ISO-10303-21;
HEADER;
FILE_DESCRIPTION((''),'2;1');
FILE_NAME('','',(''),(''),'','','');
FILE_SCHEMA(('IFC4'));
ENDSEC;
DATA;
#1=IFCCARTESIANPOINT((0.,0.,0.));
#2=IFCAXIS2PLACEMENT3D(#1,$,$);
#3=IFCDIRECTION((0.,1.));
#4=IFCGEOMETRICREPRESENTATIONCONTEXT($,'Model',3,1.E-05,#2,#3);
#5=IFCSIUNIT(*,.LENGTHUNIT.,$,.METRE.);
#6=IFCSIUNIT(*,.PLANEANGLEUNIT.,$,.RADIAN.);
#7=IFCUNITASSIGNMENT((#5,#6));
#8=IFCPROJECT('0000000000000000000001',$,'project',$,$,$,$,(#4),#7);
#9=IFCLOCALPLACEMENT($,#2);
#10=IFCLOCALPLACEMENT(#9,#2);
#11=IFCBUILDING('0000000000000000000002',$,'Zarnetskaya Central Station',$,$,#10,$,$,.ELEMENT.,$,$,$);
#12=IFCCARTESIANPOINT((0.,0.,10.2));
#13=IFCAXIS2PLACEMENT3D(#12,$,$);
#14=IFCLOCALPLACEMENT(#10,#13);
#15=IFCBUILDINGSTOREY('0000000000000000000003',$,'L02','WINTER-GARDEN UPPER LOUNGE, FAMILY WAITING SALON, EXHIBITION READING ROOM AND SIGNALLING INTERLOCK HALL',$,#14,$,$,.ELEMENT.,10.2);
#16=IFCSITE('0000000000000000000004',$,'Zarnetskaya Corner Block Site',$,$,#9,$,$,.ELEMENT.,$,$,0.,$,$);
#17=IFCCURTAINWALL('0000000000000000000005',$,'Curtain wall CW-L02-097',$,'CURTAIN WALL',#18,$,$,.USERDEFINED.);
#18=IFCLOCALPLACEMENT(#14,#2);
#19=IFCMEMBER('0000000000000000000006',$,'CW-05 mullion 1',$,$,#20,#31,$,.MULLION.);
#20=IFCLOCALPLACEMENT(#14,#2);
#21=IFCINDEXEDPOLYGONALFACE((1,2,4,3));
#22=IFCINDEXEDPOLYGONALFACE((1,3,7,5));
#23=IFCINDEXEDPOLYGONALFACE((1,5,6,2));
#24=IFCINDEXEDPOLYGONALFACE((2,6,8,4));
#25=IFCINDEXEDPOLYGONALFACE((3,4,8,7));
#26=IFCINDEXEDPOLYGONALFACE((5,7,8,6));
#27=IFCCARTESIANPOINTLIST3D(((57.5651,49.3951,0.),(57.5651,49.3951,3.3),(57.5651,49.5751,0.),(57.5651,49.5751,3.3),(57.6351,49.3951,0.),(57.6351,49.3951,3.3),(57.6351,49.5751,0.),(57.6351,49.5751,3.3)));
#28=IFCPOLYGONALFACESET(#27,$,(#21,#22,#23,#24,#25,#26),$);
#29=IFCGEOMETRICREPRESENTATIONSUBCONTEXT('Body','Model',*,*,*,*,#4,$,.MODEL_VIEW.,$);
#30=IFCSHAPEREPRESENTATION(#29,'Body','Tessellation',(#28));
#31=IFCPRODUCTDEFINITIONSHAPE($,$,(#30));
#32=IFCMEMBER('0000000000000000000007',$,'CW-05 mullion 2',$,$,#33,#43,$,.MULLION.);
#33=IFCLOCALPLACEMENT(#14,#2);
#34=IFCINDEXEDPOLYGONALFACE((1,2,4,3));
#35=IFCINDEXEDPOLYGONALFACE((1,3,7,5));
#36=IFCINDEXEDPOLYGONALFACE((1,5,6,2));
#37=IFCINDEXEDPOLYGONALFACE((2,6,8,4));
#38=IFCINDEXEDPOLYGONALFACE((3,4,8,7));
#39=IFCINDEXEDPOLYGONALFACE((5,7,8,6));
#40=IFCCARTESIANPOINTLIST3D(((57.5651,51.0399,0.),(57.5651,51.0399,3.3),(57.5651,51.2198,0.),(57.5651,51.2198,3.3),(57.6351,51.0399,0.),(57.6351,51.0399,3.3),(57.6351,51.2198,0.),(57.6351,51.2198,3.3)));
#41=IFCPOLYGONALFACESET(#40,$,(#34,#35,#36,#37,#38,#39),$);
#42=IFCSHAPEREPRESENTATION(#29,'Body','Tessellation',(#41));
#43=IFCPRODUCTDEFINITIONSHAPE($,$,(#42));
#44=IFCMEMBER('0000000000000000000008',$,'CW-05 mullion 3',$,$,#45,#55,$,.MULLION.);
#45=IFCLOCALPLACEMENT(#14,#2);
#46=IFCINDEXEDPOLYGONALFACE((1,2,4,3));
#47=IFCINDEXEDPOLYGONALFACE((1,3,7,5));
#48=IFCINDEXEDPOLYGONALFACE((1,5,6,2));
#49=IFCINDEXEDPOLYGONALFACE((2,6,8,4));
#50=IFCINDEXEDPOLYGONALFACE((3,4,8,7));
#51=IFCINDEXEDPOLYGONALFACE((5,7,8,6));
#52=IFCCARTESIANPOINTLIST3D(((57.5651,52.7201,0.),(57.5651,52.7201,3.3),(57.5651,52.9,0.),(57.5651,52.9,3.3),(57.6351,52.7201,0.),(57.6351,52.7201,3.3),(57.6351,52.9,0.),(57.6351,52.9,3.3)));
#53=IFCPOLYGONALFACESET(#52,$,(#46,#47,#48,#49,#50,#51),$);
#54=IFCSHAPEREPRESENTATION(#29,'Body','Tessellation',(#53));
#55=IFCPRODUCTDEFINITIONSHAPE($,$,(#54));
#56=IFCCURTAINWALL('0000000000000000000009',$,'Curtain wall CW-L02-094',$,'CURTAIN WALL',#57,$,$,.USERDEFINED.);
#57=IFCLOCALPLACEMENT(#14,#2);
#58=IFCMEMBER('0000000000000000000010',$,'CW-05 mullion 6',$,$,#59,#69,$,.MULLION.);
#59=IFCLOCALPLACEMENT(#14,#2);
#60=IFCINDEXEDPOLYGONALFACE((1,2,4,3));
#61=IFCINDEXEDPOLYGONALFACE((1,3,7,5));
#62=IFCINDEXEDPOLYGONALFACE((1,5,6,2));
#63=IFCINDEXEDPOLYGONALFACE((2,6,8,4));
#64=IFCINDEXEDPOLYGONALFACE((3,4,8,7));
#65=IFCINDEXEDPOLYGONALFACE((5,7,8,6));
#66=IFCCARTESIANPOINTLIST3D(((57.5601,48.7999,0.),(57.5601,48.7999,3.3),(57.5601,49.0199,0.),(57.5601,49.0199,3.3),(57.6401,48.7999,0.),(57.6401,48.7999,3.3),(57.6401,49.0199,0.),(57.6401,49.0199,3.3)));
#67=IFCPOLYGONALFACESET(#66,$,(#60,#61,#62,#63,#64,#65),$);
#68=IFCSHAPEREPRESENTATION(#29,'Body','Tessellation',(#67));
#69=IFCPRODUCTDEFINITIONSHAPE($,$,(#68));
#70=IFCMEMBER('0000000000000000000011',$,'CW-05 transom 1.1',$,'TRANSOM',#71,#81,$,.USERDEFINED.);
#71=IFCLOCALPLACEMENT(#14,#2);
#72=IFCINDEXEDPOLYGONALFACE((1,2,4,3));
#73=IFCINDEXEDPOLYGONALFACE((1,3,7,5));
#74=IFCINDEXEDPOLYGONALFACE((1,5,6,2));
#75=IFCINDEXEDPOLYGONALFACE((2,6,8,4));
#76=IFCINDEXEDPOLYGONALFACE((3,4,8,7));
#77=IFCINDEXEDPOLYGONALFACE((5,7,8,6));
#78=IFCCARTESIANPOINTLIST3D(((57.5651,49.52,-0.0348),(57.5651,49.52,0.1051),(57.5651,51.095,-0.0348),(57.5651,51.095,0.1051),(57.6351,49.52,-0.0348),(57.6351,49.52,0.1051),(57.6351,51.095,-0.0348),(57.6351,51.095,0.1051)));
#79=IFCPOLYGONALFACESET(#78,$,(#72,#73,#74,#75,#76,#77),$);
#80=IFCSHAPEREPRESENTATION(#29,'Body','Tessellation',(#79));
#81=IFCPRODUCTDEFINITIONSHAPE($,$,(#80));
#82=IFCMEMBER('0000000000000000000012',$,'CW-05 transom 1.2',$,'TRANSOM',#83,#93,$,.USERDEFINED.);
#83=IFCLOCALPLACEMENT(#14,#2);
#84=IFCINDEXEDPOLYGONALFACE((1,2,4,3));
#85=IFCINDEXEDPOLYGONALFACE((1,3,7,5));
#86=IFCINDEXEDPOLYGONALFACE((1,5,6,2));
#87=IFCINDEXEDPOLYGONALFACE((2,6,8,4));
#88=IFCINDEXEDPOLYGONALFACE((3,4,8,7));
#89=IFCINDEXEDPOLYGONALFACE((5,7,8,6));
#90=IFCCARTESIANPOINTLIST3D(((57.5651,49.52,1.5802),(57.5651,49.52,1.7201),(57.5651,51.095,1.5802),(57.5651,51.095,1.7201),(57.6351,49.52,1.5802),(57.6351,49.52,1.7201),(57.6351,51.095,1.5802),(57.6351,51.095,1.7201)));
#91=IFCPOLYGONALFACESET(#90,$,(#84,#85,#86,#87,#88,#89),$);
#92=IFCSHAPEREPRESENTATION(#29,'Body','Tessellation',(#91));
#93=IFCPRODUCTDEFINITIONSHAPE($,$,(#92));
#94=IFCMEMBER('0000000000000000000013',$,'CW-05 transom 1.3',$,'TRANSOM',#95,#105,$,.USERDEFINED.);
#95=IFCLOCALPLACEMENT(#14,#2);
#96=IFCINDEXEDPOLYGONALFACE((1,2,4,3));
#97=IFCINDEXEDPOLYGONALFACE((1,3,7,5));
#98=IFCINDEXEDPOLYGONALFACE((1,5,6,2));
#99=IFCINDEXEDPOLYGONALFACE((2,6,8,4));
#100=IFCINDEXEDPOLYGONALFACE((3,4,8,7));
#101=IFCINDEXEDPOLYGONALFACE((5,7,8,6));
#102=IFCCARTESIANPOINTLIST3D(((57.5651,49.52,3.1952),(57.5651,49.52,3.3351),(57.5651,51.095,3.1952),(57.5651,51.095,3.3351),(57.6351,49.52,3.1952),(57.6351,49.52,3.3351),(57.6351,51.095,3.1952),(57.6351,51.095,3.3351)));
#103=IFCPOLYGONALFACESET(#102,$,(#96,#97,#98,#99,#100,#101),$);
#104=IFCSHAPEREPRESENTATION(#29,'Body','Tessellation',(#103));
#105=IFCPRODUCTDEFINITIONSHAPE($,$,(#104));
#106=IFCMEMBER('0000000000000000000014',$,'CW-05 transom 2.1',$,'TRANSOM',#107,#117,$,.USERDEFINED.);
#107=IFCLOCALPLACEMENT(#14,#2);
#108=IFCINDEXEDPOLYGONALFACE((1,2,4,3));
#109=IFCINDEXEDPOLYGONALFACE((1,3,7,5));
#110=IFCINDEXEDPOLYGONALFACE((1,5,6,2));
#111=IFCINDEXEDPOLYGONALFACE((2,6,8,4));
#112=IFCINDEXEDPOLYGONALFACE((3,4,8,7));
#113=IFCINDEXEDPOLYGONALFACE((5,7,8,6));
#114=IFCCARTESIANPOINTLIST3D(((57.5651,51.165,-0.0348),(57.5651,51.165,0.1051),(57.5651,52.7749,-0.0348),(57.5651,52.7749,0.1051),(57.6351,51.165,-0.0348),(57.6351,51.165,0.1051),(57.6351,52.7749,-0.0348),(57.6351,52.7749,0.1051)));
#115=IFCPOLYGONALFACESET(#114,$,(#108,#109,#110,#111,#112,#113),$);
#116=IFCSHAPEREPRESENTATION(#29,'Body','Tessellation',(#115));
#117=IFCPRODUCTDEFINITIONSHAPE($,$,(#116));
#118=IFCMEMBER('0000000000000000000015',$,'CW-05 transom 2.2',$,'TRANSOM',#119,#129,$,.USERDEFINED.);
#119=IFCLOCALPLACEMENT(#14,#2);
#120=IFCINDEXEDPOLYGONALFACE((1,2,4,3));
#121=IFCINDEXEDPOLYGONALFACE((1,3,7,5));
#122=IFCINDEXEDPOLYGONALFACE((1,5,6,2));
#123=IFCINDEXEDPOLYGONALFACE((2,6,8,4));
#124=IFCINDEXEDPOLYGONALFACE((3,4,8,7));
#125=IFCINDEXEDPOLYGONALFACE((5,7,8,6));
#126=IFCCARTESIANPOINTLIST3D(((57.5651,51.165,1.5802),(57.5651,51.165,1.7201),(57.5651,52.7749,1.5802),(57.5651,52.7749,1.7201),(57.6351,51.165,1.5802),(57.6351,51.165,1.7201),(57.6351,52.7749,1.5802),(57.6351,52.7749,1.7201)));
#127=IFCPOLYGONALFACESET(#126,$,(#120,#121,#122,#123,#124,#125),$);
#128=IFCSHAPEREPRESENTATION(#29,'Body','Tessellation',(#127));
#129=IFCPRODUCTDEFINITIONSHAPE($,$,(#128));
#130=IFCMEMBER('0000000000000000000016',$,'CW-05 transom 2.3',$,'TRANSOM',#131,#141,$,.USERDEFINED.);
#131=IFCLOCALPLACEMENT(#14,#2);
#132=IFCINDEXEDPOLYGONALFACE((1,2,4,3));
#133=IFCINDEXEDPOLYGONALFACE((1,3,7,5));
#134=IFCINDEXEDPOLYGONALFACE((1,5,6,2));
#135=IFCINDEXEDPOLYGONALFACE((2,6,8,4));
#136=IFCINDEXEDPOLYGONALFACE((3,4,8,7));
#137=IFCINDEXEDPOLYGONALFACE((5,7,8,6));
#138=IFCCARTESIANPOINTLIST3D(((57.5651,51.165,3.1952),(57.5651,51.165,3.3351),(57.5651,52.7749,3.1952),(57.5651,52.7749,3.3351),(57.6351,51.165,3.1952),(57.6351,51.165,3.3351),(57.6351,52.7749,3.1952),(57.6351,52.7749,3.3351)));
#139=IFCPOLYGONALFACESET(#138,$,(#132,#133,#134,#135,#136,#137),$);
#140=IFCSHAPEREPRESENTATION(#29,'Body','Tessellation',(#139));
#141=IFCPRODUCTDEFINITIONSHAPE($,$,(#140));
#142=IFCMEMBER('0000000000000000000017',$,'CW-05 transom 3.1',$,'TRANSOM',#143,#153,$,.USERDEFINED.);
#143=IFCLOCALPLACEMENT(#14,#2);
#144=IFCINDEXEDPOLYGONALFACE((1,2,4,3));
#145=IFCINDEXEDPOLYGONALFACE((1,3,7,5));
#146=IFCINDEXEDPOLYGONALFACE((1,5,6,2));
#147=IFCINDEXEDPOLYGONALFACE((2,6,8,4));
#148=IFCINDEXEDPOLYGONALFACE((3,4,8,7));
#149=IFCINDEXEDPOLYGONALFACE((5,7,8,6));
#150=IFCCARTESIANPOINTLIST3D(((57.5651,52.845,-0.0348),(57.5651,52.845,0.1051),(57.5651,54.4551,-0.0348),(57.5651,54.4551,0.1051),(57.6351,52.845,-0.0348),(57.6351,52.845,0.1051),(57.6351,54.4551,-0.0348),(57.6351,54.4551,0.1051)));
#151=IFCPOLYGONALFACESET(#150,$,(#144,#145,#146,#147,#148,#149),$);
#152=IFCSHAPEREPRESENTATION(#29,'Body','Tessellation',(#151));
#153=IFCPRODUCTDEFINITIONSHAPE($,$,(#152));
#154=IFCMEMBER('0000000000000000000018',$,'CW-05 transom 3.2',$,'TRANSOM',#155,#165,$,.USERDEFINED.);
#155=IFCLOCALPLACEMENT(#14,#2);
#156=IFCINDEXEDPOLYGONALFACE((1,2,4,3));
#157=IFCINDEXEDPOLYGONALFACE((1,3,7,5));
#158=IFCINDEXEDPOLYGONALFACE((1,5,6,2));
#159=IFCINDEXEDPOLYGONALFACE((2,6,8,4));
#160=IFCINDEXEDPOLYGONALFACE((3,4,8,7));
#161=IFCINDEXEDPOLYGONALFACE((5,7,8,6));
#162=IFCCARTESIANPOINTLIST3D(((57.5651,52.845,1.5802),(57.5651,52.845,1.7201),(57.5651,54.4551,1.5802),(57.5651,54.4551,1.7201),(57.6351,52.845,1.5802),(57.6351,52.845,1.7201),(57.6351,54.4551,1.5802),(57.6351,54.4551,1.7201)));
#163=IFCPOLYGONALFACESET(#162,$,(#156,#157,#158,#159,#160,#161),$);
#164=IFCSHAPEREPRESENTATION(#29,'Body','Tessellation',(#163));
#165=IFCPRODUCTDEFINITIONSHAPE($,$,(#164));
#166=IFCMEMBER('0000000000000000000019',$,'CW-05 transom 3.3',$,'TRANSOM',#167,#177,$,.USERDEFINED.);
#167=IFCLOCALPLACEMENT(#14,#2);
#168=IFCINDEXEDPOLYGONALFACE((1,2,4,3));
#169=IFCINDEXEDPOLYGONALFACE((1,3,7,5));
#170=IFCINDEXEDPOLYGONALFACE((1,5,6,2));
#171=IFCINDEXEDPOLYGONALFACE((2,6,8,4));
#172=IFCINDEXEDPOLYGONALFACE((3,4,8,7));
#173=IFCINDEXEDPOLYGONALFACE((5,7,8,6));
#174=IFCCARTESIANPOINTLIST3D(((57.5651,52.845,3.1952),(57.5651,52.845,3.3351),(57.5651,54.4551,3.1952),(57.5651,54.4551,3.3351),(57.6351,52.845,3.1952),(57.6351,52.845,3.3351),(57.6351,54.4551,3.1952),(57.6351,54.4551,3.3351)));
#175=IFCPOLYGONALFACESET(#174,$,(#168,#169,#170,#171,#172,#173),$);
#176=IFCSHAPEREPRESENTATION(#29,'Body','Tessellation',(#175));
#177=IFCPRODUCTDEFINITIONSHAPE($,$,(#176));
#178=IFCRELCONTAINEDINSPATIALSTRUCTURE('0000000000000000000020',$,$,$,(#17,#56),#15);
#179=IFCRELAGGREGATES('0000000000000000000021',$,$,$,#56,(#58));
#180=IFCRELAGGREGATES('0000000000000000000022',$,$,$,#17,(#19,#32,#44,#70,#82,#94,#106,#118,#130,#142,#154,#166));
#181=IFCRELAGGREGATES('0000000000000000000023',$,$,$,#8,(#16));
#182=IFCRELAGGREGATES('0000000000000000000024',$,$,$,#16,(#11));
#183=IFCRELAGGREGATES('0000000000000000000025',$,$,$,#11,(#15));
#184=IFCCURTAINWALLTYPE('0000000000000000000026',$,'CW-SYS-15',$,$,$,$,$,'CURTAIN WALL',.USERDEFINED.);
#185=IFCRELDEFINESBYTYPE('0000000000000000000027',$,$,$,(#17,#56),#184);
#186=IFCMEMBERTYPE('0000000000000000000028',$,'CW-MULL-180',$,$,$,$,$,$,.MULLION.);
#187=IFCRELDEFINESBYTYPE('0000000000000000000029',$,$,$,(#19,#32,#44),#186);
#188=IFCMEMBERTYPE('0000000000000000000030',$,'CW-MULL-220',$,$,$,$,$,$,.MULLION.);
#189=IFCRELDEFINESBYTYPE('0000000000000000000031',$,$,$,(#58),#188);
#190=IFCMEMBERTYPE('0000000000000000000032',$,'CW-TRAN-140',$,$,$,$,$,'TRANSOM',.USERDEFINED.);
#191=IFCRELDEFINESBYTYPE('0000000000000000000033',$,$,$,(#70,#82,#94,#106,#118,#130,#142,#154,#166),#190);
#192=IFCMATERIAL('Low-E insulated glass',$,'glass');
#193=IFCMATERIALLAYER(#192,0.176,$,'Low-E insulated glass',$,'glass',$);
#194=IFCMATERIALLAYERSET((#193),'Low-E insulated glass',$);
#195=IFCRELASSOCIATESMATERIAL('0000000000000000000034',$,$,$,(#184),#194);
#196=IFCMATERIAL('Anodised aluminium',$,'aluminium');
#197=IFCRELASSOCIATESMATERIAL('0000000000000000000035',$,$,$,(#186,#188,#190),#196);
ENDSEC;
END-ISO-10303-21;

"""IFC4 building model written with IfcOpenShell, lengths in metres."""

from ifc_helpers import new_model, si_unit, direction, frame, origin, origin_2d, place, context, subcontext, project, spatial, rectangle, extrude, material, layer, layer_set, material_profile, profile_set, type_object, element, aggregate, save


model = new_model("IFC4")

# Units and contexts
model_context = context("Model", 3, precision=1e-05, world=origin(), true_north=direction((0.0, 1.0)))
body_context = subcontext(model_context, "Body", "Model", "MODEL_VIEW")
ifc_project = project(units=[si_unit("LENGTHUNIT", "METRE"), si_unit("PLANEANGLEUNIT", "RADIAN")], contexts=[model_context])

# Site, building, storey
site_placement = place(None, origin())
site = spatial("IfcSite", under=ifc_project, at=site_placement, Name="Zarnetskaya Corner Block Site", CompositionType="ELEMENT", RefElevation=0.0)
building_placement = place(site_placement, origin())
building = spatial("IfcBuilding", under=site, at=building_placement, Name="Zarnetskaya Central Station", CompositionType="ELEMENT")
storey_placement = place(building_placement, frame((0.0, 0.0, 10.2)))
storey = spatial("IfcBuildingStorey", under=building, at=storey_placement, Name="L02", Description="WINTER-GARDEN UPPER LOUNGE, FAMILY WAITING SALON, EXHIBITION READING ROOM AND SIGNALLING INTERLOCK HALL", CompositionType="ELEMENT", Elevation=10.2)

# Curtain wall, members
ifc_material_1 = material(Name="Low-E insulated glass", Category="glass")
ifc_layer_1 = layer(ifc_material_1, 0.176, Name="Low-E insulated glass", Category="glass")
ifc_layer_set_1 = layer_set([ifc_layer_1], Name="Low-E insulated glass")
curtain_wall_type = type_object("IfcCurtainWallType", Name="CW-SYS-15", ElementType="CURTAIN WALL", PredefinedType="USERDEFINED", material=ifc_layer_set_1)
curtain_wall_1_placement = place(storey_placement, origin())
curtain_wall_1 = element("IfcCurtainWall", 1, at=curtain_wall_1_placement, inside=storey, type_object=curtain_wall_type, Name="Curtain wall CW-L02-097", ObjectType="CURTAIN WALL", PredefinedType="USERDEFINED")
ifc_material_2 = material(Name="Anodised aluminium", Category="aluminium")
ifc_material_profile_1 = material_profile(ifc_material_2, rectangle(XDim=0.0701, YDim=0.1799, at=origin_2d()), Name="ALU MULL 70x180")
ifc_profile_set_1 = profile_set([ifc_material_profile_1], Name="Anodised aluminium")
member_type_1 = type_object("IfcMemberType", Name="CW-MULL-180", PredefinedType="MULLION", material=ifc_profile_set_1)
member_1_placement = place(storey_placement, frame((57.6001, 49.4851, 0.0), z_axis=(0.0, 0.0, 1.0), x_axis=(-1.0, 0.0, 0.0)))
member_1 = element("IfcMember", 2, at=member_1_placement, type_object=member_type_1, Name="CW-05 mullion 1", PredefinedType="MULLION", context=body_context, shape_type="SweptSolid", body=[
    extrude(rectangle(XDim=0.0701, YDim=0.1799, at=origin_2d()), origin(), (0.0, 0.0, 1.0), 3.3),
])
member_2_placement = place(storey_placement, frame((57.6001, 51.1299, 0.0), z_axis=(0.0, 0.0, 1.0), x_axis=(-1.0, 0.0, 0.0)))
member_2 = element("IfcMember", 3, at=member_2_placement, type_object=member_type_1, Name="CW-05 mullion 2", PredefinedType="MULLION", context=body_context, shape_type="SweptSolid", body=[
    extrude(rectangle(XDim=0.0701, YDim=0.1799, at=origin_2d()), origin(), (0.0, 0.0, 1.0), 3.3),
])
member_3_placement = place(storey_placement, frame((57.6001, 52.8101, 0.0), z_axis=(0.0, 0.0, 1.0), x_axis=(-1.0, 0.0, 0.0)))
member_3 = element("IfcMember", 4, at=member_3_placement, type_object=member_type_1, Name="CW-05 mullion 3", PredefinedType="MULLION", context=body_context, shape_type="SweptSolid", body=[
    extrude(rectangle(XDim=0.0701, YDim=0.1799, at=origin_2d()), origin(), (0.0, 0.0, 1.0), 3.3),
])

# Curtain wall, member
curtain_wall_2_placement = place(storey_placement, origin())
curtain_wall_2 = element("IfcCurtainWall", 5, at=curtain_wall_2_placement, inside=storey, type_object=curtain_wall_type, Name="Curtain wall CW-L02-094", ObjectType="CURTAIN WALL", PredefinedType="USERDEFINED")
ifc_material_profile_2 = material_profile(ifc_material_2, rectangle(XDim=0.0801, YDim=0.22, at=origin_2d()), Name="ALU MULL 80x220")
ifc_profile_set_2 = profile_set([ifc_material_profile_2], Name="Anodised aluminium")
member_type_2 = type_object("IfcMemberType", Name="CW-MULL-220", PredefinedType="MULLION", material=ifc_profile_set_2)
member_4_placement = place(storey_placement, frame((57.6001, 48.9099, 0.0), z_axis=(0.0, 0.0, 1.0), x_axis=(-1.0, 0.0, 0.0)))
member_4 = element("IfcMember", 6, at=member_4_placement, type_object=member_type_2, Name="CW-05 mullion 6", PredefinedType="MULLION", context=body_context, shape_type="SweptSolid", body=[
    extrude(rectangle(XDim=0.0801, YDim=0.22, at=origin_2d()), origin(), (0.0, 0.0, 1.0), 3.3),
])
aggregate(curtain_wall_2, [member_4])

# Members
ifc_material_profile_3 = material_profile(ifc_material_2, rectangle(XDim=0.0701, YDim=0.1399, at=origin_2d()), Name="ALU TRAN 70x140")
ifc_profile_set_3 = profile_set([ifc_material_profile_3], Name="Anodised aluminium")
member_type_3 = type_object("IfcMemberType", Name="CW-TRAN-140", ElementType="TRANSOM", PredefinedType="USERDEFINED", material=ifc_profile_set_3)
member_5_placement = place(storey_placement, frame((57.6001, 49.52, 0.0352), z_axis=(0.0, 1.0, 0.0), x_axis=(-1.0, 0.0, 0.0)))
member_5 = element("IfcMember", 7, at=member_5_placement, type_object=member_type_3, Name="CW-05 transom 1.1", ObjectType="TRANSOM", PredefinedType="USERDEFINED", context=body_context, shape_type="SweptSolid", body=[
    extrude(rectangle(XDim=0.0701, YDim=0.1399, at=origin_2d()), origin(), (0.0, 0.0, 1.0), 1.575),
])
member_6_placement = place(storey_placement, frame((57.6001, 49.52, 1.6501), z_axis=(0.0, 1.0, 0.0), x_axis=(-1.0, 0.0, 0.0)))
member_6 = element("IfcMember", 8, at=member_6_placement, type_object=member_type_3, Name="CW-05 transom 1.2", ObjectType="TRANSOM", PredefinedType="USERDEFINED", context=body_context, shape_type="SweptSolid", body=[
    extrude(rectangle(XDim=0.0701, YDim=0.1399, at=origin_2d()), origin(), (0.0, 0.0, 1.0), 1.575),
])
member_7_placement = place(storey_placement, frame((57.6001, 49.52, 3.2651), z_axis=(0.0, 1.0, 0.0), x_axis=(-1.0, 0.0, 0.0)))
member_7 = element("IfcMember", 9, at=member_7_placement, type_object=member_type_3, Name="CW-05 transom 1.3", ObjectType="TRANSOM", PredefinedType="USERDEFINED", context=body_context, shape_type="SweptSolid", body=[
    extrude(rectangle(XDim=0.0701, YDim=0.1399, at=origin_2d()), origin(), (0.0, 0.0, 1.0), 1.575),
])
member_8_placement = place(storey_placement, frame((57.6001, 51.165, 0.0352), z_axis=(0.0, 1.0, 0.0), x_axis=(-1.0, 0.0, 0.0)))
member_8 = element("IfcMember", 10, at=member_8_placement, type_object=member_type_3, Name="CW-05 transom 2.1", ObjectType="TRANSOM", PredefinedType="USERDEFINED", context=body_context, shape_type="SweptSolid", body=[
    extrude(rectangle(XDim=0.0701, YDim=0.1399, at=origin_2d()), origin(), (0.0, 0.0, 1.0), 1.6099),
])
member_9_placement = place(storey_placement, frame((57.6001, 51.165, 1.6501), z_axis=(0.0, 1.0, 0.0), x_axis=(-1.0, 0.0, 0.0)))
member_9 = element("IfcMember", 11, at=member_9_placement, type_object=member_type_3, Name="CW-05 transom 2.2", ObjectType="TRANSOM", PredefinedType="USERDEFINED", context=body_context, shape_type="SweptSolid", body=[
    extrude(rectangle(XDim=0.0701, YDim=0.1399, at=origin_2d()), origin(), (0.0, 0.0, 1.0), 1.6099),
])
member_10_placement = place(storey_placement, frame((57.6001, 51.165, 3.2651), z_axis=(0.0, 1.0, 0.0), x_axis=(-1.0, 0.0, 0.0)))
member_10 = element("IfcMember", 12, at=member_10_placement, type_object=member_type_3, Name="CW-05 transom 2.3", ObjectType="TRANSOM", PredefinedType="USERDEFINED", context=body_context, shape_type="SweptSolid", body=[
    extrude(rectangle(XDim=0.0701, YDim=0.1399, at=origin_2d()), origin(), (0.0, 0.0, 1.0), 1.6099),
])
member_11_placement = place(storey_placement, frame((57.6001, 52.845, 0.0352), z_axis=(0.0, 1.0, 0.0), x_axis=(-1.0, 0.0, 0.0)))
member_11 = element("IfcMember", 13, at=member_11_placement, type_object=member_type_3, Name="CW-05 transom 3.1", ObjectType="TRANSOM", PredefinedType="USERDEFINED", context=body_context, shape_type="SweptSolid", body=[
    extrude(rectangle(XDim=0.0701, YDim=0.1399, at=origin_2d()), origin(), (0.0, 0.0, 1.0), 1.6101),
])
member_12_placement = place(storey_placement, frame((57.6001, 52.845, 1.6501), z_axis=(0.0, 1.0, 0.0), x_axis=(-1.0, 0.0, 0.0)))
member_12 = element("IfcMember", 14, at=member_12_placement, type_object=member_type_3, Name="CW-05 transom 3.2", ObjectType="TRANSOM", PredefinedType="USERDEFINED", context=body_context, shape_type="SweptSolid", body=[
    extrude(rectangle(XDim=0.0701, YDim=0.1399, at=origin_2d()), origin(), (0.0, 0.0, 1.0), 1.6101),
])
member_13_placement = place(storey_placement, frame((57.6001, 52.845, 3.2651), z_axis=(0.0, 1.0, 0.0), x_axis=(-1.0, 0.0, 0.0)))
member_13 = element("IfcMember", 15, at=member_13_placement, type_object=member_type_3, Name="CW-05 transom 3.3", ObjectType="TRANSOM", PredefinedType="USERDEFINED", context=body_context, shape_type="SweptSolid", body=[
    extrude(rectangle(XDim=0.0701, YDim=0.1399, at=origin_2d()), origin(), (0.0, 0.0, 1.0), 1.6101),
])

aggregate(curtain_wall_1, [member_1, member_2, member_3, member_5, member_6, member_7, member_8, member_9, member_10, member_11, member_12, member_13])

save(model, "model.ifc")
